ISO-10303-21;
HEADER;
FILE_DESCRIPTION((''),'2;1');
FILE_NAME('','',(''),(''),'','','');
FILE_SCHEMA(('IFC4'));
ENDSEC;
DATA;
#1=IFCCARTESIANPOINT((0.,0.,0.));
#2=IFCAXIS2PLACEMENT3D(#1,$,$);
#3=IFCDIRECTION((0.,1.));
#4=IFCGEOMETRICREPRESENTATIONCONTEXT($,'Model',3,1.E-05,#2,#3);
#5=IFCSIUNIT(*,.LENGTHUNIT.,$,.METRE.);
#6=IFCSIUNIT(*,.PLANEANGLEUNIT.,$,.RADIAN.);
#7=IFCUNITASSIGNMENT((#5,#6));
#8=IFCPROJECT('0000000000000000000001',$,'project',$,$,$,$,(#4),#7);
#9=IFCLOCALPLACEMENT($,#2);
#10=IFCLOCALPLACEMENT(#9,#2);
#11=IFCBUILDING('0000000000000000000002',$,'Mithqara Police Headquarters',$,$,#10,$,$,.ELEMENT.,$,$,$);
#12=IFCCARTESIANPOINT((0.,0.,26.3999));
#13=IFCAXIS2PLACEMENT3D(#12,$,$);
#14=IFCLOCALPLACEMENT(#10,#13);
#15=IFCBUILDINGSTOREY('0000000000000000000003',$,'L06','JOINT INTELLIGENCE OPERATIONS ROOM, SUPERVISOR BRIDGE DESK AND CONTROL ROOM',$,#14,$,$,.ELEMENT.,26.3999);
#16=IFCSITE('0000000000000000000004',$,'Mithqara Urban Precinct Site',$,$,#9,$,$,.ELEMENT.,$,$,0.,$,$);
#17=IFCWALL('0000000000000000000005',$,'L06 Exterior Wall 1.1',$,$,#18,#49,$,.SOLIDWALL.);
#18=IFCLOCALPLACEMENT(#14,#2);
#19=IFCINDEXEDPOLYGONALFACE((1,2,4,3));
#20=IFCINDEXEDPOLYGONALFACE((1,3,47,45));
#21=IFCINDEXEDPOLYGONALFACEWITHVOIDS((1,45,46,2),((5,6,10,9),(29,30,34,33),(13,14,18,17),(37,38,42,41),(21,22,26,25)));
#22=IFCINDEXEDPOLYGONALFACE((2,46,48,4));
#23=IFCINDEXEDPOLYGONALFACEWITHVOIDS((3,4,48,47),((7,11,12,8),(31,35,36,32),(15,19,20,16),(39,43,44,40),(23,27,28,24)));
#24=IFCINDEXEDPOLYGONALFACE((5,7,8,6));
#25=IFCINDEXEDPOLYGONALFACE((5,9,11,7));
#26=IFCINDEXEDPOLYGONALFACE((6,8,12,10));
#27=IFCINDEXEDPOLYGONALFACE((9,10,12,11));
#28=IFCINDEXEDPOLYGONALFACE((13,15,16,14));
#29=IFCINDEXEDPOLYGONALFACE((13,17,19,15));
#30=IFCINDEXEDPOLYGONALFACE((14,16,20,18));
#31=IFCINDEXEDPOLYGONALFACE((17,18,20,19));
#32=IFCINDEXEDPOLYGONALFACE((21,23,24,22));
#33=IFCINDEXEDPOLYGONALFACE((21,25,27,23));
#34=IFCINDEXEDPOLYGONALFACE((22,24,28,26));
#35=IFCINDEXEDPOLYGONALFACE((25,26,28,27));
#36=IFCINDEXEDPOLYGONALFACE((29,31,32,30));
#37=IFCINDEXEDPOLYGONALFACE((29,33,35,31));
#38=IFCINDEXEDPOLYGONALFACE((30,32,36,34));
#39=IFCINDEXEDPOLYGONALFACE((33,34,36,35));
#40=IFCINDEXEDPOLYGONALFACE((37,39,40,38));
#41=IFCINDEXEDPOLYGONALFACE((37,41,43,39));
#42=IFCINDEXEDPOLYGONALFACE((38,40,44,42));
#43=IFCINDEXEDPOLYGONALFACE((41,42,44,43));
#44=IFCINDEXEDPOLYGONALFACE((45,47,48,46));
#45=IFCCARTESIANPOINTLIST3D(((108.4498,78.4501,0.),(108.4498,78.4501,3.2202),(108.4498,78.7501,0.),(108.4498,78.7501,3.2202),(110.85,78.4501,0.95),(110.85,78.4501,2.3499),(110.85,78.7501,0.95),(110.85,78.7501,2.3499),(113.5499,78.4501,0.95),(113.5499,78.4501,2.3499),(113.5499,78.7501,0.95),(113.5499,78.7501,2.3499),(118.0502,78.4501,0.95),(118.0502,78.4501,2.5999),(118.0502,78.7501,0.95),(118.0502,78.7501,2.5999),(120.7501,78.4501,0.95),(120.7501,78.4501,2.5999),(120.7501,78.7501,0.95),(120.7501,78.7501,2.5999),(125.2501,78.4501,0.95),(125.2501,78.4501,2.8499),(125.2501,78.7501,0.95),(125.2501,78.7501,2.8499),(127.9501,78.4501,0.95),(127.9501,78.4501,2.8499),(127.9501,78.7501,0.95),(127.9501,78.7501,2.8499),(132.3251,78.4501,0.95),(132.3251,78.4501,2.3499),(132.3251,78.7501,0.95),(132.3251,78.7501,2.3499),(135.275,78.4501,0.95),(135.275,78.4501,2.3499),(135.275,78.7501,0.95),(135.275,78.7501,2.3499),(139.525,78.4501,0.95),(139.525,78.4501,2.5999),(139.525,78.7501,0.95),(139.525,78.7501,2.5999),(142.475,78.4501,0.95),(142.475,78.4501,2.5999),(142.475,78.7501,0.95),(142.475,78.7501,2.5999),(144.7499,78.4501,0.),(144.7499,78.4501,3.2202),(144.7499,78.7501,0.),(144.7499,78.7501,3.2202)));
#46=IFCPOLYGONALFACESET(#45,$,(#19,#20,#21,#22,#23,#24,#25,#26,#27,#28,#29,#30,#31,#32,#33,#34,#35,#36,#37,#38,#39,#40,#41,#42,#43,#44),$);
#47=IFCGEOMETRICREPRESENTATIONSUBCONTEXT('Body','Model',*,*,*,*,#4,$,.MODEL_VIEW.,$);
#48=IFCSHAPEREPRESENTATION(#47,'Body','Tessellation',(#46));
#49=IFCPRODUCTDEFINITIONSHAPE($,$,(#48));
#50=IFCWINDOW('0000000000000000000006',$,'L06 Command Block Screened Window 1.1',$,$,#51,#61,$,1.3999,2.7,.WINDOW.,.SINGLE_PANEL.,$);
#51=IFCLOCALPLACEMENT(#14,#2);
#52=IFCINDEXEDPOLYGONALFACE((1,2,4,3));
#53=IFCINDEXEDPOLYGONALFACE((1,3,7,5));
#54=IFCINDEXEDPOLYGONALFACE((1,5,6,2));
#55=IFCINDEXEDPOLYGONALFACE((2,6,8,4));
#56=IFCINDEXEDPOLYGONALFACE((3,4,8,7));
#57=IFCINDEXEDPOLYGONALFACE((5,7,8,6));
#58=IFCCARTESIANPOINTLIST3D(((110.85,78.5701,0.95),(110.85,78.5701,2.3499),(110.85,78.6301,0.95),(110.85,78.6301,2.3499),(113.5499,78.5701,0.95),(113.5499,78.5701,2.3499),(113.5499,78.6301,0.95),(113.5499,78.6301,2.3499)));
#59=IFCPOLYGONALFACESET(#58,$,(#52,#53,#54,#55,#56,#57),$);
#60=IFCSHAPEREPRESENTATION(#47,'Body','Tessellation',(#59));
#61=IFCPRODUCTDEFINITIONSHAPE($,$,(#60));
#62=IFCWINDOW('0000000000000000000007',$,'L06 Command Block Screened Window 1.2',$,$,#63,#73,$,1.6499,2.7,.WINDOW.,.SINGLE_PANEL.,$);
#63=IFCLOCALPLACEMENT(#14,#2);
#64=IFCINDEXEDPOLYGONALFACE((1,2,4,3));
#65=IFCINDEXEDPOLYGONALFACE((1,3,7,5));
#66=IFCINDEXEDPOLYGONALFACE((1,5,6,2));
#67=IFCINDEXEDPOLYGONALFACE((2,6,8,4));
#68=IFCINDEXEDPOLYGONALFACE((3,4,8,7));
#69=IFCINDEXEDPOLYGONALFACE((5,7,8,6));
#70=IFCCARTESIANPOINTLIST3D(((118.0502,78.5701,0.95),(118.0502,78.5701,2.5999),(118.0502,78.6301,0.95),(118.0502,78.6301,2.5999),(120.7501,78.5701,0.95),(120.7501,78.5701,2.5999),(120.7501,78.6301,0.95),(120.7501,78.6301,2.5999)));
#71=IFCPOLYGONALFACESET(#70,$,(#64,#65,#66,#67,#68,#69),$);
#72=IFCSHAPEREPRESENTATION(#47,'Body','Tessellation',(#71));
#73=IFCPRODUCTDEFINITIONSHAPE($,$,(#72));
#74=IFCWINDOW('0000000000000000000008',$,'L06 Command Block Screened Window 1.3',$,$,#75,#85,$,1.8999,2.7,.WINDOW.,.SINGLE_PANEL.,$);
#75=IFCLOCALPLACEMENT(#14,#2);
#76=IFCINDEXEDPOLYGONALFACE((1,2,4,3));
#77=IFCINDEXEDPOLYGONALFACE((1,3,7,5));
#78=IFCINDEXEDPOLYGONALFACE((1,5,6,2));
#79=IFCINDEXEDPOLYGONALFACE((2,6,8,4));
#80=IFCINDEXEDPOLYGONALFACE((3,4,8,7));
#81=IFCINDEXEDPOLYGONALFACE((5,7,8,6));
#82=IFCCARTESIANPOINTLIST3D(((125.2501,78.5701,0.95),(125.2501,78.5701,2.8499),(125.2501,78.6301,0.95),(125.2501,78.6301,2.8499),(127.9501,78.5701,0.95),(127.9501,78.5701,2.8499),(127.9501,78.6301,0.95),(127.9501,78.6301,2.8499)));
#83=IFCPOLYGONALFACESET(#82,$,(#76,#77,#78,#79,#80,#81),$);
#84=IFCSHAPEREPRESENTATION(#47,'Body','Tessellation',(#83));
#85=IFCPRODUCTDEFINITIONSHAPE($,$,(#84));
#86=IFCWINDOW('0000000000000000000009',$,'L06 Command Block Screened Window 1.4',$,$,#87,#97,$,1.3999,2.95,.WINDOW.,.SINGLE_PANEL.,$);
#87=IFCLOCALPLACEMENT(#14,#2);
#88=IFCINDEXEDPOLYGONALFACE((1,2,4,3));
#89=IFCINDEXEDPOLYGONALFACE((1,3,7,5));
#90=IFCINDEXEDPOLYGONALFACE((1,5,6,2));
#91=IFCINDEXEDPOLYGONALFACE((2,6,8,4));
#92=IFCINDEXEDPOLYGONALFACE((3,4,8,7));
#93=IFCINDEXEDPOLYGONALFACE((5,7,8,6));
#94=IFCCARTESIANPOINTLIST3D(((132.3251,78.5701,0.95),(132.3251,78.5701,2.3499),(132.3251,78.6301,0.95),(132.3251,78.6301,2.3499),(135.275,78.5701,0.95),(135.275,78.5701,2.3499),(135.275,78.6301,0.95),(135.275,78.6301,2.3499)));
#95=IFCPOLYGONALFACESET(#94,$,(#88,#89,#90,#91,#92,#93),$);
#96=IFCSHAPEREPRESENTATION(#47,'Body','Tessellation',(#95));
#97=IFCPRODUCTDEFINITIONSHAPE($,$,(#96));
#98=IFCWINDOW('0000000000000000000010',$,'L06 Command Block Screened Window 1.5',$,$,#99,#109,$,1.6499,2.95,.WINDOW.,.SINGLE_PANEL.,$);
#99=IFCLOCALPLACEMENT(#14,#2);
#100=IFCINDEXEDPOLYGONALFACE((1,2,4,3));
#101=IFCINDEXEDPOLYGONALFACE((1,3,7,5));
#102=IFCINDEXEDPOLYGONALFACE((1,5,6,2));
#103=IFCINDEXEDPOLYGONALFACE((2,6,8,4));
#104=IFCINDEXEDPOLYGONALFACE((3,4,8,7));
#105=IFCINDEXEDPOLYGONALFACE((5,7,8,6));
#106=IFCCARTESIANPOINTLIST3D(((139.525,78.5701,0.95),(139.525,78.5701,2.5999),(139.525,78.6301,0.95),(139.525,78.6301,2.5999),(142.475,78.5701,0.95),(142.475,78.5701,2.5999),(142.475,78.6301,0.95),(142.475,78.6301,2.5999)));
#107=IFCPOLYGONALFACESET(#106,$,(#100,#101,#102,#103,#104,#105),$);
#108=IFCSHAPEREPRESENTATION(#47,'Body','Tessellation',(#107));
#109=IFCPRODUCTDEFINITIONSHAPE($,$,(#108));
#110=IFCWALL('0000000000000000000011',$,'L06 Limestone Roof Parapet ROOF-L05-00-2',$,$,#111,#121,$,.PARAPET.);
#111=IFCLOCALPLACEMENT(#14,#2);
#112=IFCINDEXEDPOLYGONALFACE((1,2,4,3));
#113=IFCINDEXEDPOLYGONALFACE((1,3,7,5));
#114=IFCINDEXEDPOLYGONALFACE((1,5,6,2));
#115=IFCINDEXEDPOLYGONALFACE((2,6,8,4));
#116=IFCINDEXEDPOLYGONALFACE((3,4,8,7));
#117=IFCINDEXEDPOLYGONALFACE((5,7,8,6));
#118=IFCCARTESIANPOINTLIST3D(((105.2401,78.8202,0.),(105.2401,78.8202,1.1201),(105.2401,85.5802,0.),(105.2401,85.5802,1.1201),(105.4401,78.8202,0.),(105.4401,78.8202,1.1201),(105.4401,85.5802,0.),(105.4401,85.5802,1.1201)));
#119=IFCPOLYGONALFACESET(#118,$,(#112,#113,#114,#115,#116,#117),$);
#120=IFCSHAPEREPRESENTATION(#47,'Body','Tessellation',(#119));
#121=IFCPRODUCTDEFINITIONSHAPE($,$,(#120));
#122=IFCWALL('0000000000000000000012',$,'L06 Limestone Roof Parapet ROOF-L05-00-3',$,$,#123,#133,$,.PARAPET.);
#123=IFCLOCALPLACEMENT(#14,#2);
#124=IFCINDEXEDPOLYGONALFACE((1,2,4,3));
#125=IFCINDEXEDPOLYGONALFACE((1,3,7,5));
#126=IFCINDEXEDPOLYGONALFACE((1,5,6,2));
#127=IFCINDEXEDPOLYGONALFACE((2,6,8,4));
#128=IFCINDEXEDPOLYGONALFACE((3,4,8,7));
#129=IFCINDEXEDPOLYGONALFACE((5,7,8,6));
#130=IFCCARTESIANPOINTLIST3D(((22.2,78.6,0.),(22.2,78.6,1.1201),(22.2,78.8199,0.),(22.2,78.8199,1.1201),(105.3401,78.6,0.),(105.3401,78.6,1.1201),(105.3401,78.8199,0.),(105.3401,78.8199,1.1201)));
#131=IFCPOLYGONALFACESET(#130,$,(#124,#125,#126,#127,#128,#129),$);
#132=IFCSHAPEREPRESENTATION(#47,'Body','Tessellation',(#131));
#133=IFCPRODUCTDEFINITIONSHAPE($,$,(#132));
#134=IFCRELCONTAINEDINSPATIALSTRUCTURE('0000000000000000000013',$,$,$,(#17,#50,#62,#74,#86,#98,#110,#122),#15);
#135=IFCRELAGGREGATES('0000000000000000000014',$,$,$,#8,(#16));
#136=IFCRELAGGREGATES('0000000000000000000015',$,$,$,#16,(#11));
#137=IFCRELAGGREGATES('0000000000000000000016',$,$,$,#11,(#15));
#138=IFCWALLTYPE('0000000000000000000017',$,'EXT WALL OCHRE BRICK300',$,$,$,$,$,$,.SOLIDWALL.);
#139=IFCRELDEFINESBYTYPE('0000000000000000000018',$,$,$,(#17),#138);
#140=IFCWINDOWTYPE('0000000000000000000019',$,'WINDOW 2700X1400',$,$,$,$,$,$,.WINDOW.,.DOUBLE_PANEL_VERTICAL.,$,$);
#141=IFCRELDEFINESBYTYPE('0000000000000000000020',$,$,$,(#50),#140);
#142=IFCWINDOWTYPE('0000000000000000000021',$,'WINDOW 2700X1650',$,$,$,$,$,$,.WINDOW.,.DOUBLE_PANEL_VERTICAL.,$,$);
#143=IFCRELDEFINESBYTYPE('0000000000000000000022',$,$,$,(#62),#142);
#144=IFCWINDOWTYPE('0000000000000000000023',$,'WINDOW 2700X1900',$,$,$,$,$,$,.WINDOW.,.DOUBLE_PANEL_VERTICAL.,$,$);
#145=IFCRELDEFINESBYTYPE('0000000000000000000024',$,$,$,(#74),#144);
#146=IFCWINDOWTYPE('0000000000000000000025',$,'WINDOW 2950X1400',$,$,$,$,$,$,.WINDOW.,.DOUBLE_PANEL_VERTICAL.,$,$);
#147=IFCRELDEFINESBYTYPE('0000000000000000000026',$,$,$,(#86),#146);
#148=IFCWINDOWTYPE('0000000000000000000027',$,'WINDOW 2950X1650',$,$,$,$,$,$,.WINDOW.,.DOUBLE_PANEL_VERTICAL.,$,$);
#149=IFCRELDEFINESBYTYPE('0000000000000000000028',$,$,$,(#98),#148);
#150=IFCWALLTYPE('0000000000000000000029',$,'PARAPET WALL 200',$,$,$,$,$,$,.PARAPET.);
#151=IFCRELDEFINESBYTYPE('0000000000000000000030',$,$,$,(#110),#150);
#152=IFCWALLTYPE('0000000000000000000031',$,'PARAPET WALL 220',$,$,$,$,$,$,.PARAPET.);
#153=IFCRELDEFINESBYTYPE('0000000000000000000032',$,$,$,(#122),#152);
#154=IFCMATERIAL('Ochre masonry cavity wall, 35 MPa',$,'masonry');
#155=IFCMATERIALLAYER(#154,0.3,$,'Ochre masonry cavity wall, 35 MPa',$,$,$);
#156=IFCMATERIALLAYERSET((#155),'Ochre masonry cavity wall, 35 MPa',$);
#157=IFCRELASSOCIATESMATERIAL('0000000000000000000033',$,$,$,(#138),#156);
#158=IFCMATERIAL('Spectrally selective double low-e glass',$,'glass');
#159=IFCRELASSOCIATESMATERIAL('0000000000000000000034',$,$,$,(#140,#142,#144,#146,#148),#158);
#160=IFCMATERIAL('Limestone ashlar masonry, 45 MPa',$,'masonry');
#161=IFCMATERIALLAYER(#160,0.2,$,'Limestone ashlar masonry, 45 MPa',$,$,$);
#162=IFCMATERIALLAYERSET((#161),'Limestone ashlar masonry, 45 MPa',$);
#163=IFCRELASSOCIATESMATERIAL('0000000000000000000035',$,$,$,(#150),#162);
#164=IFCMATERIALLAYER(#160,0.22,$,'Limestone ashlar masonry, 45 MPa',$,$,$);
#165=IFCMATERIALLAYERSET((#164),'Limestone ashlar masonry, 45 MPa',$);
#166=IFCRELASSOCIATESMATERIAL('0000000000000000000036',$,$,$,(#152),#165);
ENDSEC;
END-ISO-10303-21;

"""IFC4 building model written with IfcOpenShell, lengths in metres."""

from ifc_helpers import new_model, si_unit, direction, frame, frame_2d, origin, place, context, subcontext, project, spatial, rectangle, extrude, material, layer, layer_set, type_object, element, fill, save


model = new_model("IFC4")

# Units and contexts
model_context = context("Model", 3, precision=1e-05, world=origin(), true_north=direction((0.0, 1.0)))
body_context = subcontext(model_context, "Body", "Model", "MODEL_VIEW")
ifc_project = project(units=[si_unit("LENGTHUNIT", "METRE"), si_unit("PLANEANGLEUNIT", "RADIAN")], contexts=[model_context])

# Site, building, storey
site_placement = place(None, origin())
site = spatial("IfcSite", under=ifc_project, at=site_placement, Name="Mithqara Urban Precinct Site", CompositionType="ELEMENT", RefElevation=0.0)
building_placement = place(site_placement, origin())
building = spatial("IfcBuilding", under=site, at=building_placement, Name="Mithqara Police Headquarters", CompositionType="ELEMENT")
storey_placement = place(building_placement, frame((0.0, 0.0, 26.3999)))
storey = spatial("IfcBuildingStorey", under=building, at=storey_placement, Name="L06", Description="JOINT INTELLIGENCE OPERATIONS ROOM, SUPERVISOR BRIDGE DESK AND CONTROL ROOM", CompositionType="ELEMENT", Elevation=26.3999)

# Shared definitions
ifc_material_1 = material(Name="Limestone ashlar masonry, 45 MPa", Category="masonry")

# Wall, openings, windows
ifc_material_2 = material(Name="Ochre masonry cavity wall, 35 MPa", Category="masonry")
ifc_layer_1 = layer(ifc_material_2, 0.3, Name="Ochre masonry cavity wall, 35 MPa")
ifc_layer_set_1 = layer_set([ifc_layer_1], Name="Ochre masonry cavity wall, 35 MPa")
wall_type_1 = type_object("IfcWallType", Name="EXT WALL OCHRE BRICK300", PredefinedType="SOLIDWALL", material=ifc_layer_set_1)
wall_1_placement = place(storey_placement, frame((108.45, 78.6001, 0.0), z_axis=(0.0, 0.0, 1.0), x_axis=(1.0, 0.0, 0.0)))
wall_1 = element("IfcWall", 1, at=wall_1_placement, inside=storey, type_object=wall_type_1, Name="L06 Exterior Wall 1.1", PredefinedType="SOLIDWALL", context=body_context, shape_type="SweptSolid", body=[
    extrude(rectangle(XDim=36.3, YDim=0.3, at=frame_2d((18.1499, 0.0))), origin(), (0.0, 0.0, 1.0), 3.2202),
])
opening_1_placement = place(wall_1_placement, frame((2.3999, 0.0, 0.95)))
opening_1 = element("IfcOpeningElement", 2, at=opening_1_placement, cuts=wall_1, PredefinedType="OPENING", context=body_context, shape_type="SweptSolid", body=[
    extrude(rectangle(XDim=2.7, YDim=1.3999, at=frame_2d((1.3501, 0.7))), frame((0.0, 0.1602, 0.0), z_axis=(0.0, -1.0, 0.0), x_axis=(1.0, 0.0, 0.0)), (0.0, 0.0, 1.0), 0.3201),
])
opening_2_placement = place(wall_1_placement, frame((9.6001, 0.0, 0.95)))
opening_2 = element("IfcOpeningElement", 3, at=opening_2_placement, cuts=wall_1, PredefinedType="OPENING", context=body_context, shape_type="SweptSolid", body=[
    extrude(rectangle(XDim=2.7, YDim=1.6499, at=frame_2d((1.3501, 0.825))), frame((0.0, 0.1602, 0.0), z_axis=(0.0, -1.0, 0.0), x_axis=(1.0, 0.0, 0.0)), (0.0, 0.0, 1.0), 0.3201),
])
opening_3_placement = place(wall_1_placement, frame((16.8, 0.0, 0.95)))
opening_3 = element("IfcOpeningElement", 4, at=opening_3_placement, cuts=wall_1, PredefinedType="OPENING", context=body_context, shape_type="SweptSolid", body=[
    extrude(rectangle(XDim=2.7, YDim=1.8999, at=frame_2d((1.3501, 0.95))), frame((0.0, 0.1602, 0.0), z_axis=(0.0, -1.0, 0.0), x_axis=(1.0, 0.0, 0.0)), (0.0, 0.0, 1.0), 0.3201),
])
opening_4_placement = place(wall_1_placement, frame((23.875, 0.0, 0.95)))
opening_4 = element("IfcOpeningElement", 5, at=opening_4_placement, cuts=wall_1, PredefinedType="OPENING", context=body_context, shape_type="SweptSolid", body=[
    extrude(rectangle(XDim=2.95, YDim=1.3999, at=frame_2d((1.4751, 0.7))), frame((0.0, 0.1602, 0.0), z_axis=(0.0, -1.0, 0.0), x_axis=(1.0, 0.0, 0.0)), (0.0, 0.0, 1.0), 0.3201),
])
opening_5_placement = place(wall_1_placement, frame((31.075, 0.0, 0.95)))
opening_5 = element("IfcOpeningElement", 6, at=opening_5_placement, cuts=wall_1, PredefinedType="OPENING", context=body_context, shape_type="SweptSolid", body=[
    extrude(rectangle(XDim=2.95, YDim=1.6499, at=frame_2d((1.4751, 0.825))), frame((0.0, 0.1602, 0.0), z_axis=(0.0, -1.0, 0.0), x_axis=(1.0, 0.0, 0.0)), (0.0, 0.0, 1.0), 0.3201),
])
ifc_material_3 = material(Name="Spectrally selective double low-e glass", Category="glass")
window_type_1 = type_object("IfcWindowType", Name="WINDOW 2700X1400", PartitioningType="DOUBLE_PANEL_VERTICAL", PredefinedType="WINDOW", material=ifc_material_3)
window_1_placement = place(opening_1_placement, origin())
window_1 = element("IfcWindow", 7, at=window_1_placement, inside=storey, type_object=window_type_1, Name="L06 Command Block Screened Window 1.1", OverallHeight=1.3999, OverallWidth=2.7, PartitioningType="SINGLE_PANEL", PredefinedType="WINDOW", context=body_context, shape_type="SweptSolid", body=[
    extrude(rectangle(XDim=2.7, YDim=1.3999, at=frame_2d((1.3501, 0.7))), frame((0.0, 0.03, 0.0), z_axis=(0.0, -1.0, 0.0), x_axis=(1.0, 0.0, 0.0)), (0.0, 0.0, 1.0), 0.0601),
])
fill(opening_1, window_1)
window_type_2 = type_object("IfcWindowType", Name="WINDOW 2700X1650", PartitioningType="DOUBLE_PANEL_VERTICAL", PredefinedType="WINDOW", material=ifc_material_3)
window_2_placement = place(opening_2_placement, origin())
window_2 = element("IfcWindow", 8, at=window_2_placement, inside=storey, type_object=window_type_2, Name="L06 Command Block Screened Window 1.2", OverallHeight=1.6499, OverallWidth=2.7, PartitioningType="SINGLE_PANEL", PredefinedType="WINDOW", context=body_context, shape_type="SweptSolid", body=[
    extrude(rectangle(XDim=2.7, YDim=1.6499, at=frame_2d((1.3501, 0.825))), frame((0.0, 0.03, 0.0), z_axis=(0.0, -1.0, 0.0), x_axis=(1.0, 0.0, 0.0)), (0.0, 0.0, 1.0), 0.0601),
])
fill(opening_2, window_2)
window_type_3 = type_object("IfcWindowType", Name="WINDOW 2700X1900", PartitioningType="DOUBLE_PANEL_VERTICAL", PredefinedType="WINDOW", material=ifc_material_3)
window_3_placement = place(opening_3_placement, origin())
window_3 = element("IfcWindow", 9, at=window_3_placement, inside=storey, type_object=window_type_3, Name="L06 Command Block Screened Window 1.3", OverallHeight=1.8999, OverallWidth=2.7, PartitioningType="SINGLE_PANEL", PredefinedType="WINDOW", context=body_context, shape_type="SweptSolid", body=[
    extrude(rectangle(XDim=2.7, YDim=1.8999, at=frame_2d((1.3501, 0.95))), frame((0.0, 0.03, 0.0), z_axis=(0.0, -1.0, 0.0), x_axis=(1.0, 0.0, 0.0)), (0.0, 0.0, 1.0), 0.0601),
])
fill(opening_3, window_3)
window_type_4 = type_object("IfcWindowType", Name="WINDOW 2950X1400", PartitioningType="DOUBLE_PANEL_VERTICAL", PredefinedType="WINDOW", material=ifc_material_3)
window_4_placement = place(opening_4_placement, origin())
window_4 = element("IfcWindow", 10, at=window_4_placement, inside=storey, type_object=window_type_4, Name="L06 Command Block Screened Window 1.4", OverallHeight=1.3999, OverallWidth=2.95, PartitioningType="SINGLE_PANEL", PredefinedType="WINDOW", context=body_context, shape_type="SweptSolid", body=[
    extrude(rectangle(XDim=2.95, YDim=1.3999, at=frame_2d((1.4751, 0.7))), frame((0.0, 0.03, 0.0), z_axis=(0.0, -1.0, 0.0), x_axis=(1.0, 0.0, 0.0)), (0.0, 0.0, 1.0), 0.0601),
])
fill(opening_4, window_4)
window_type_5 = type_object("IfcWindowType", Name="WINDOW 2950X1650", PartitioningType="DOUBLE_PANEL_VERTICAL", PredefinedType="WINDOW", material=ifc_material_3)
window_5_placement = place(opening_5_placement, origin())
window_5 = element("IfcWindow", 11, at=window_5_placement, inside=storey, type_object=window_type_5, Name="L06 Command Block Screened Window 1.5", OverallHeight=1.6499, OverallWidth=2.95, PartitioningType="SINGLE_PANEL", PredefinedType="WINDOW", context=body_context, shape_type="SweptSolid", body=[
    extrude(rectangle(XDim=2.95, YDim=1.6499, at=frame_2d((1.4751, 0.825))), frame((0.0, 0.03, 0.0), z_axis=(0.0, -1.0, 0.0), x_axis=(1.0, 0.0, 0.0)), (0.0, 0.0, 1.0), 0.0601),
])
fill(opening_5, window_5)

# Walls
ifc_layer_2 = layer(ifc_material_1, 0.2, Name="Limestone ashlar masonry, 45 MPa")
ifc_layer_set_2 = layer_set([ifc_layer_2], Name="Limestone ashlar masonry, 45 MPa")
wall_type_2 = type_object("IfcWallType", Name="PARAPET WALL 200", PredefinedType="PARAPET", material=ifc_layer_set_2)
wall_2_placement = place(storey_placement, frame((105.3401, 85.5801, 0.0), z_axis=(0.0, 0.0, 1.0), x_axis=(0.0, -1.0, 0.0)))
element("IfcWall", 12, at=wall_2_placement, inside=storey, type_object=wall_type_2, Name="L06 Limestone Roof Parapet ROOF-L05-00-2", PredefinedType="PARAPET", context=body_context, shape_type="SweptSolid", body=[
    extrude(rectangle(XDim=6.76, YDim=0.2, at=frame_2d((3.3799, 0.0))), origin(), (0.0, 0.0, 1.0), 1.1201),
])
ifc_layer_3 = layer(ifc_material_1, 0.22, Name="Limestone ashlar masonry, 45 MPa")
ifc_layer_set_3 = layer_set([ifc_layer_3], Name="Limestone ashlar masonry, 45 MPa")
wall_type_3 = type_object("IfcWallType", Name="PARAPET WALL 220", PredefinedType="PARAPET", material=ifc_layer_set_3)
wall_3_placement = place(storey_placement, frame((105.3401, 78.71, 0.0), z_axis=(0.0, 0.0, 1.0), x_axis=(-1.0, 0.0, 0.0)))
element("IfcWall", 13, at=wall_3_placement, inside=storey, type_object=wall_type_3, Name="L06 Limestone Roof Parapet ROOF-L05-00-3", PredefinedType="PARAPET", context=body_context, shape_type="SweptSolid", body=[
    extrude(rectangle(XDim=83.1401, YDim=0.22, at=frame_2d((41.5701, 0.0))), origin(), (0.0, 0.0, 1.0), 1.1201),
])

save(model, "model.ifc")
